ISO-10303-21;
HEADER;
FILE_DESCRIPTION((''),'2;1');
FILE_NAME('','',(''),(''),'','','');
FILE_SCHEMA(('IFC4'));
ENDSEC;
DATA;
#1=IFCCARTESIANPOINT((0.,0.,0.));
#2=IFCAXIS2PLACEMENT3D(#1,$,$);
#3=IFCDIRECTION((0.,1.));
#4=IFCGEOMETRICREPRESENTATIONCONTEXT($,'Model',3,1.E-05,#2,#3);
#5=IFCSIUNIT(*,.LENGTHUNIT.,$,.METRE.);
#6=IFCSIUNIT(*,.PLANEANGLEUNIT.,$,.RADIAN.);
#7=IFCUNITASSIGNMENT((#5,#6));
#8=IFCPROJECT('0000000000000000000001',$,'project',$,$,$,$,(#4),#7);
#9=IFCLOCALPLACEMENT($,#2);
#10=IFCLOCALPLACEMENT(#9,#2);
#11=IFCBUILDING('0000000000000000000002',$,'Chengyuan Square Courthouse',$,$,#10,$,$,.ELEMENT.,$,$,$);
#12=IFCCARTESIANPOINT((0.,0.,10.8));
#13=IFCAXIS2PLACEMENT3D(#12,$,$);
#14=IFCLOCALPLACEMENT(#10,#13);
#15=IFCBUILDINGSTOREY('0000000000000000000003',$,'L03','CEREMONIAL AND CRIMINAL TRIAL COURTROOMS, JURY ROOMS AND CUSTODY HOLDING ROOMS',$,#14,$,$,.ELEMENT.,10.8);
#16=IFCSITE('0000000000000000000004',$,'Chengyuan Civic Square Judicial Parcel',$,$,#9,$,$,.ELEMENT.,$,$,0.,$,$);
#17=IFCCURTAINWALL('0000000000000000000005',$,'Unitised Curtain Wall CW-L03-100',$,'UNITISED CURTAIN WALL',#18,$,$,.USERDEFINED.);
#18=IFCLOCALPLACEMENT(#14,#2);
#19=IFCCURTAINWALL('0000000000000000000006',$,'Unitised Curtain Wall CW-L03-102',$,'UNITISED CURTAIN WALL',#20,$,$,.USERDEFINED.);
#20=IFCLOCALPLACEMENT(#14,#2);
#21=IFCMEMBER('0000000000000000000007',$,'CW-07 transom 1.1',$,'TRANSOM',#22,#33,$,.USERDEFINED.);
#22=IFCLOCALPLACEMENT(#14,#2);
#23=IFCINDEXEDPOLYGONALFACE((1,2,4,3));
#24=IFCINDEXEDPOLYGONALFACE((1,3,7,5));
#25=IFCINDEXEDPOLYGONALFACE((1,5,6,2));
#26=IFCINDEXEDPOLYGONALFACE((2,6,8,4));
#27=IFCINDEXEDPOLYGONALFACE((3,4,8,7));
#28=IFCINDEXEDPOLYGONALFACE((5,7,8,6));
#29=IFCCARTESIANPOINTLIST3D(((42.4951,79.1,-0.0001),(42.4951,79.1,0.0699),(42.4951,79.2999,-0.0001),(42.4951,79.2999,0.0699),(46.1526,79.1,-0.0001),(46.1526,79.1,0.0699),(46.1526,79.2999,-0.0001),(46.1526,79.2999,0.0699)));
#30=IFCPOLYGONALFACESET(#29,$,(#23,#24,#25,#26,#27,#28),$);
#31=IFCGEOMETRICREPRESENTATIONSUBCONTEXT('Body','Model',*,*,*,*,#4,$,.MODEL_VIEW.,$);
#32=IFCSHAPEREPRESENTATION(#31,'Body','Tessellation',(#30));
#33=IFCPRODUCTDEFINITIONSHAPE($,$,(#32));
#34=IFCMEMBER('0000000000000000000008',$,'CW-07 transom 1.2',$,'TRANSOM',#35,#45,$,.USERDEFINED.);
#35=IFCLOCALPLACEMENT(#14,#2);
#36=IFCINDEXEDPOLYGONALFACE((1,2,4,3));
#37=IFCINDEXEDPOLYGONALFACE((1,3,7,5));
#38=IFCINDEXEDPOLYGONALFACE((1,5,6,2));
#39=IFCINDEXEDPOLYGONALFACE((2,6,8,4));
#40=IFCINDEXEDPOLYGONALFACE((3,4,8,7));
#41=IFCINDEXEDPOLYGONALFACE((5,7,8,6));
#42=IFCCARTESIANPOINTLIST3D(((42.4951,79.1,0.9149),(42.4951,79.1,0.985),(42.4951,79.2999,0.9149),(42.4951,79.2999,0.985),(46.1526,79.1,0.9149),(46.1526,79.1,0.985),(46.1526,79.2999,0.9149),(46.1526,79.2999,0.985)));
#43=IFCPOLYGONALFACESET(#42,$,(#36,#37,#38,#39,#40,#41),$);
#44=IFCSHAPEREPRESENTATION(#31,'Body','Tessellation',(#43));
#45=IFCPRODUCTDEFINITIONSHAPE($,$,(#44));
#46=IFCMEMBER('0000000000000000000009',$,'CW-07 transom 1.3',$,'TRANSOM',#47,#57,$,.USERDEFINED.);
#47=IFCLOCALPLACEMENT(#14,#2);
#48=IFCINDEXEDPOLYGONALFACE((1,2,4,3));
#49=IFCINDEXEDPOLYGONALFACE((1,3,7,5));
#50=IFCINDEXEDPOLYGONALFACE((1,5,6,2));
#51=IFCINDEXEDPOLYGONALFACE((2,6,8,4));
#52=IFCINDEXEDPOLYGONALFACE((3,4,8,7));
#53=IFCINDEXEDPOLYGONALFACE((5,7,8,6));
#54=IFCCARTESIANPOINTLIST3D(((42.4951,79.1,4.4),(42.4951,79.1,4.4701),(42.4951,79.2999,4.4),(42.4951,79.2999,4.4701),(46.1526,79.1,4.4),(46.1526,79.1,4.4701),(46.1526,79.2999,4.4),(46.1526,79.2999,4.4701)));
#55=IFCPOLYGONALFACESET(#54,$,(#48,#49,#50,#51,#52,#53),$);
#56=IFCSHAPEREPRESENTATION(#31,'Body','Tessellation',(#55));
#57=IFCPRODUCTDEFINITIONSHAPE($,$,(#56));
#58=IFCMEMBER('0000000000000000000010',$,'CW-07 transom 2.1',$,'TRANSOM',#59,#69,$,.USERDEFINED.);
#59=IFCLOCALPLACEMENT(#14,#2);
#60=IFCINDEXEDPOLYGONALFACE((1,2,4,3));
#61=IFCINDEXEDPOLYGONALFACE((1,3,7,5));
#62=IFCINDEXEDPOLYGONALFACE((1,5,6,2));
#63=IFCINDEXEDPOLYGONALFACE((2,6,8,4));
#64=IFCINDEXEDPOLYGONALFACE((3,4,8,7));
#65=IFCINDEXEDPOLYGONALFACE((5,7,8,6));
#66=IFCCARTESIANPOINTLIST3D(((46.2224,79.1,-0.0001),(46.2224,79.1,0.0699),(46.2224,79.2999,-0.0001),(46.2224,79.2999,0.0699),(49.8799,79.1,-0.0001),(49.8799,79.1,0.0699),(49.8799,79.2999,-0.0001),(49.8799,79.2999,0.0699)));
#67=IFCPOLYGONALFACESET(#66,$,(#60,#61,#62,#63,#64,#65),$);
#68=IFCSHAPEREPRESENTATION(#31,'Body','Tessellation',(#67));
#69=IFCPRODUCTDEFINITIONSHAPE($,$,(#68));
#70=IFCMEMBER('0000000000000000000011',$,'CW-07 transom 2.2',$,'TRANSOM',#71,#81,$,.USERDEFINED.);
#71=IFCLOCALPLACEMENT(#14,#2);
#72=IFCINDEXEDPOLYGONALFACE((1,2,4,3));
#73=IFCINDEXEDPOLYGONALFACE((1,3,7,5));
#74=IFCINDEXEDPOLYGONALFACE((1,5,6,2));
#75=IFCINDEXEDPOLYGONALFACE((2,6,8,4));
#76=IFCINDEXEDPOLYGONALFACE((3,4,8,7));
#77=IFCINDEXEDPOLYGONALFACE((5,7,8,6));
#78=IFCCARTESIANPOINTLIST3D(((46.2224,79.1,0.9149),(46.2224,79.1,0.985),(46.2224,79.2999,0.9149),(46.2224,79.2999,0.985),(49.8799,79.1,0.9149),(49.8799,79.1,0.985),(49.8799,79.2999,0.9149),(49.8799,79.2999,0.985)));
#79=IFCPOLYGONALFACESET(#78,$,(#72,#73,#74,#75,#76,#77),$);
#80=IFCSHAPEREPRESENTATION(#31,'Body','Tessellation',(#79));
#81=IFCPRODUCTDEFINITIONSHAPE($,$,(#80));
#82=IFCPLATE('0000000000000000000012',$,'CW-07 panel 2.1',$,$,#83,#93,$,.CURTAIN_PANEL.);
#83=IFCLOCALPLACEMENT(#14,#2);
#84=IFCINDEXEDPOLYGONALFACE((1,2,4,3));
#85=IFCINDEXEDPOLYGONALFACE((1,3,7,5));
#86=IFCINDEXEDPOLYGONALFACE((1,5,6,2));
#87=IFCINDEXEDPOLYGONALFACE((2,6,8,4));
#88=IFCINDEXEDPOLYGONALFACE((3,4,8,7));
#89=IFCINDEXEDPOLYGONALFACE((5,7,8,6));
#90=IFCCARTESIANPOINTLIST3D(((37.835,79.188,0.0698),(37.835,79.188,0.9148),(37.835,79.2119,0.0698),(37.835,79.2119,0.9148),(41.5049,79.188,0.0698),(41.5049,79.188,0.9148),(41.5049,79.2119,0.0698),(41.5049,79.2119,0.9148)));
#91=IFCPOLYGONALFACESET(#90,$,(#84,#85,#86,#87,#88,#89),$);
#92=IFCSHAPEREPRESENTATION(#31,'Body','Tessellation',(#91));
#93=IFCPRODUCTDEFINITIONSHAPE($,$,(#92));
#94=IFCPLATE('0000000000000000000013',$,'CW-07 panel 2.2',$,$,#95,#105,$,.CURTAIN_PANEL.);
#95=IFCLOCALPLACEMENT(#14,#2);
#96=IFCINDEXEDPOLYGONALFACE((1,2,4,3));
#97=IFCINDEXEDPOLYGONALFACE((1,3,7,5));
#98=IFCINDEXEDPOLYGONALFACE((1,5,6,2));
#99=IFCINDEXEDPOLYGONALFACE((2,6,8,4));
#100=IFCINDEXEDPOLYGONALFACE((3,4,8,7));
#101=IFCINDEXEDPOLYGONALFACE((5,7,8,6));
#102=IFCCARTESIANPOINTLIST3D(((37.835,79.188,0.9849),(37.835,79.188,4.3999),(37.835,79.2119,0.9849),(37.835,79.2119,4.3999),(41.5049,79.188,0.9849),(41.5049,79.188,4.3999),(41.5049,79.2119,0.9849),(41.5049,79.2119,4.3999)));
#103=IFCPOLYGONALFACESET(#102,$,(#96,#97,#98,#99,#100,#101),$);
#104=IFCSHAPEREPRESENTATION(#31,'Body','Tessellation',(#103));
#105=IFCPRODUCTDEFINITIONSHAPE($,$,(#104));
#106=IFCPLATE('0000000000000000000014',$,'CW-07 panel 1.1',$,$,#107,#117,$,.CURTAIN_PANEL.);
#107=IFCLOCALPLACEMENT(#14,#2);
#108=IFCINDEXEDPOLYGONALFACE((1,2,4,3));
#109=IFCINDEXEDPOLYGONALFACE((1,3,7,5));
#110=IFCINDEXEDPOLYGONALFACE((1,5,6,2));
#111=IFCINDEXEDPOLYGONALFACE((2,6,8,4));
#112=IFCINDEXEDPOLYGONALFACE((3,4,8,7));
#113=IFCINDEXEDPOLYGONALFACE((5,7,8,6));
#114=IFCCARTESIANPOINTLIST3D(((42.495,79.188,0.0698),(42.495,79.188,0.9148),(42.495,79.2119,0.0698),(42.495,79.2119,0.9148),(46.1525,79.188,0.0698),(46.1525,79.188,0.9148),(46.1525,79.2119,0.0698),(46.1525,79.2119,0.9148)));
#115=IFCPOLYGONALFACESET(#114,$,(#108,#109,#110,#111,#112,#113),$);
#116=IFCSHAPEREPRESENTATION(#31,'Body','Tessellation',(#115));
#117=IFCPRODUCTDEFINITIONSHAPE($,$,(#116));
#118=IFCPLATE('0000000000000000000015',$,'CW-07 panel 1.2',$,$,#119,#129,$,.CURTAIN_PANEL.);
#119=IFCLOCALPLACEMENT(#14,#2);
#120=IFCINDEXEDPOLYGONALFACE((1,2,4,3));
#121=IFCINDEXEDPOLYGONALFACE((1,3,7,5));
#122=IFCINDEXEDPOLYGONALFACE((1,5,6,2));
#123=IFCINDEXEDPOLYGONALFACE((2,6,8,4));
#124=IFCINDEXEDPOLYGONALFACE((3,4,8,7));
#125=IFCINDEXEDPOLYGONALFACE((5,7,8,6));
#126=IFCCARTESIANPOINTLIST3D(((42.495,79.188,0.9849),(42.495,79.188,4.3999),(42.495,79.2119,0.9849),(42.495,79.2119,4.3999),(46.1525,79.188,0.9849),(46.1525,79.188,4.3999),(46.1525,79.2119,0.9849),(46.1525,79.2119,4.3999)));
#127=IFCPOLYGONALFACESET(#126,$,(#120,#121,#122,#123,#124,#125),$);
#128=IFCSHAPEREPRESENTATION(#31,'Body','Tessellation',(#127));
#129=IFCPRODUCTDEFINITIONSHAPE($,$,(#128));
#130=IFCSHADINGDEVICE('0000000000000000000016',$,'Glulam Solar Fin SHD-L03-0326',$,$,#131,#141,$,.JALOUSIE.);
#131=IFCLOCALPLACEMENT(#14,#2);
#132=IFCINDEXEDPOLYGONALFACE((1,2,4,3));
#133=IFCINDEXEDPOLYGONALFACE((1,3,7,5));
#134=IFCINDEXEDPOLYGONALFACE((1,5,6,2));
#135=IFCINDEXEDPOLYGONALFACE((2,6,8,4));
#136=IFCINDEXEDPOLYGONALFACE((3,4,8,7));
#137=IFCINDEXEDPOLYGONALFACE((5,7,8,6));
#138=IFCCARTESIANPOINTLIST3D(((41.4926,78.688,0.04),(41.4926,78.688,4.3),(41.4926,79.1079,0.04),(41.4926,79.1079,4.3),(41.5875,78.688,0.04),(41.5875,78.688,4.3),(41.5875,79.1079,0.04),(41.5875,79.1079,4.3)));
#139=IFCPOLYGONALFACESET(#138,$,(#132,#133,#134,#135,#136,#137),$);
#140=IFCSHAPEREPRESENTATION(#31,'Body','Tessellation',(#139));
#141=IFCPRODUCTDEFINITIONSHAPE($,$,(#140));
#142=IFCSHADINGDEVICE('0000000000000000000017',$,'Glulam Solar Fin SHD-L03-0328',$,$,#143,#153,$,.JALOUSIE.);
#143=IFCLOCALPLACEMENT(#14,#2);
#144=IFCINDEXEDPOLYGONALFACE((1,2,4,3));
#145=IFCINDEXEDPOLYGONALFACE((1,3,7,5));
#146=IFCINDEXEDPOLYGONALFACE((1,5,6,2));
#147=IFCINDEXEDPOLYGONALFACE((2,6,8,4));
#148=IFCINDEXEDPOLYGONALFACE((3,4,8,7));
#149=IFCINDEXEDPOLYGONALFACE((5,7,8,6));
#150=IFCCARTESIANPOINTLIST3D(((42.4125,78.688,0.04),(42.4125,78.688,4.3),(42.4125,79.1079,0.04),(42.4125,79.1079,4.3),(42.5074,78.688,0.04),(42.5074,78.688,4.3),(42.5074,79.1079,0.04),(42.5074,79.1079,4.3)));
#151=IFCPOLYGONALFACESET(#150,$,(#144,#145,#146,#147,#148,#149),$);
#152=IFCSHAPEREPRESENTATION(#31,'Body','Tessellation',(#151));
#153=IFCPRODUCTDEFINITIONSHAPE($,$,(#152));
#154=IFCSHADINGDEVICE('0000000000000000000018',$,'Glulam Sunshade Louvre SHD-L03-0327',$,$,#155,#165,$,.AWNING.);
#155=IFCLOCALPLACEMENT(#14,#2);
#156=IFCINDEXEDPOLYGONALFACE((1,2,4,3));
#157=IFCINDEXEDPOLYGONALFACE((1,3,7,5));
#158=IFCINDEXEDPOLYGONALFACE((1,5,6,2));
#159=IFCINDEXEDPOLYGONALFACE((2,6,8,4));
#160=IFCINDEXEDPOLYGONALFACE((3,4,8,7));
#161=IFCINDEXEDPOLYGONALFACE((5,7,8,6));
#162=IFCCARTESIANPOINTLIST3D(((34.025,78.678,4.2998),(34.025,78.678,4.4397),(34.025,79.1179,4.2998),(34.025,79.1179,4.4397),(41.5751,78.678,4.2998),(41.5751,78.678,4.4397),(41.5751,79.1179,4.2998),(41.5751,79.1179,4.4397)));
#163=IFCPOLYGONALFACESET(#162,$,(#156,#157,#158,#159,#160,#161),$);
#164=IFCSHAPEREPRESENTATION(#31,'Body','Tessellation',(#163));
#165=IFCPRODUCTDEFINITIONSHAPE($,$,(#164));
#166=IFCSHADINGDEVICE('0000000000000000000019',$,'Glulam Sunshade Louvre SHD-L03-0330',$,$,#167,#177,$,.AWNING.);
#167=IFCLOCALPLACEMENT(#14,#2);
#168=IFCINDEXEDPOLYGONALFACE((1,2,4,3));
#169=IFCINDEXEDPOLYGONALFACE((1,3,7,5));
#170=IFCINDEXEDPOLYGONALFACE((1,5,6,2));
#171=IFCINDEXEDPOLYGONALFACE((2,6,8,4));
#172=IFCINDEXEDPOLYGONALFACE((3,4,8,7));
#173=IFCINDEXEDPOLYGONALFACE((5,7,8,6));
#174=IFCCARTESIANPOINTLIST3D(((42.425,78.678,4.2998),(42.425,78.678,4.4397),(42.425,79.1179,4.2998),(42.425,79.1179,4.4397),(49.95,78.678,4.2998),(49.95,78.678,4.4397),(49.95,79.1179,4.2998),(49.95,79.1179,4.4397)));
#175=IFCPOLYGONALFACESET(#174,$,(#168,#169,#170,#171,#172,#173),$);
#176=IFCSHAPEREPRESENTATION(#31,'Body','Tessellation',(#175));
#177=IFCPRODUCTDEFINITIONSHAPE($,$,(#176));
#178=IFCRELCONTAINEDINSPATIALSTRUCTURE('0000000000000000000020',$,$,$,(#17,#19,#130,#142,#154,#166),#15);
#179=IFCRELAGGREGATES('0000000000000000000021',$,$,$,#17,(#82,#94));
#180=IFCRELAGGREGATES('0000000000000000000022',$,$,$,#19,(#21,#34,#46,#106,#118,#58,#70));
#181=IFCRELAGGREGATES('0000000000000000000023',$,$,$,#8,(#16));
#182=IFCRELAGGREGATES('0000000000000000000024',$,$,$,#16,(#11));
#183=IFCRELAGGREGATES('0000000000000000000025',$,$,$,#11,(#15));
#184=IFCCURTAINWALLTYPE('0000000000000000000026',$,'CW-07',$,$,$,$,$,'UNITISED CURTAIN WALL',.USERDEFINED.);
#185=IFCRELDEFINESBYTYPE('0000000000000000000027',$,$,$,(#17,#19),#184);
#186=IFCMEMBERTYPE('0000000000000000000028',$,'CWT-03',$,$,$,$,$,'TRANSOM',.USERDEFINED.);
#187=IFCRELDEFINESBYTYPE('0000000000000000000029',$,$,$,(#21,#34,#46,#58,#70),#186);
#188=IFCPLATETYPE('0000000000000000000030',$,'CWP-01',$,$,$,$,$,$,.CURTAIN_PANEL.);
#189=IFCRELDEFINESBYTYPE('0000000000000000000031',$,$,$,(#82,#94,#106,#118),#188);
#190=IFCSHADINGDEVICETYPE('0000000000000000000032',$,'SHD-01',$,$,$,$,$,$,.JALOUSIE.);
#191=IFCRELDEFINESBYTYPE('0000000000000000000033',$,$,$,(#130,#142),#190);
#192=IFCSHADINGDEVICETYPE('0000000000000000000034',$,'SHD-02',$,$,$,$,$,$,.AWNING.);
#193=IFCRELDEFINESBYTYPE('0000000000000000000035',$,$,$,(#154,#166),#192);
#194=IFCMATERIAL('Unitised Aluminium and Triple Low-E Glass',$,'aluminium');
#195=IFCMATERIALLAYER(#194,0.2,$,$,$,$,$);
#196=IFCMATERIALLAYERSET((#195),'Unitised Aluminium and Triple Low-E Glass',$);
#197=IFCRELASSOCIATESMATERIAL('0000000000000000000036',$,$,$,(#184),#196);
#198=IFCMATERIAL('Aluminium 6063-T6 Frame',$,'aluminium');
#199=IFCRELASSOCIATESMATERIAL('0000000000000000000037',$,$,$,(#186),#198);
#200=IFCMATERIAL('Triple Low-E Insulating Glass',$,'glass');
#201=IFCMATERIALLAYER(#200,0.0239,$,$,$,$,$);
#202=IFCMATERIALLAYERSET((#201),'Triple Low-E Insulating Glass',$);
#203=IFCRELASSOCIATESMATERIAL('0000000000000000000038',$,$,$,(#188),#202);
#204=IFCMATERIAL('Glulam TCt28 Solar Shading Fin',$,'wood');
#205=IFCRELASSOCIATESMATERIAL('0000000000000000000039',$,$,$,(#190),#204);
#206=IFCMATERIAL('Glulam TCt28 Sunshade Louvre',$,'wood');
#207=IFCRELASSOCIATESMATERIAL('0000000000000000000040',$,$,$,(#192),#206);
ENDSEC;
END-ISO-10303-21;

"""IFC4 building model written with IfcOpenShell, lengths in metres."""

from ifc_helpers import new_model, si_unit, direction, frame, origin, origin_2d, place, context, subcontext, project, spatial, rectangle, extrude, material, layer, layer_set, material_profile, profile_set, type_object, element, aggregate, save


model = new_model("IFC4")

# Units and contexts
model_context = context("Model", 3, precision=1e-05, world=origin(), true_north=direction((0.0, 1.0)))
body_context = subcontext(model_context, "Body", "Model", "MODEL_VIEW")
ifc_project = project(units=[si_unit("LENGTHUNIT", "METRE"), si_unit("PLANEANGLEUNIT", "RADIAN")], contexts=[model_context])

# Site, building, storey
site_placement = place(None, origin())
site = spatial("IfcSite", under=ifc_project, at=site_placement, Name="Chengyuan Civic Square Judicial Parcel", CompositionType="ELEMENT", RefElevation=0.0)
building_placement = place(site_placement, origin())
building = spatial("IfcBuilding", under=site, at=building_placement, Name="Chengyuan Square Courthouse", CompositionType="ELEMENT")
storey_placement = place(building_placement, frame((0.0, 0.0, 10.8)))
storey = spatial("IfcBuildingStorey", under=building, at=storey_placement, Name="L03", Description="CEREMONIAL AND CRIMINAL TRIAL COURTROOMS, JURY ROOMS AND CUSTODY HOLDING ROOMS", CompositionType="ELEMENT", Elevation=10.8)

# Curtain walls
ifc_material_1 = material(Name="Unitised Aluminium and Triple Low-E Glass", Category="aluminium")
ifc_layer_1 = layer(ifc_material_1, 0.2)
ifc_layer_set_1 = layer_set([ifc_layer_1], Name="Unitised Aluminium and Triple Low-E Glass")
curtain_wall_type = type_object("IfcCurtainWallType", Name="CW-07", ElementType="UNITISED CURTAIN WALL", PredefinedType="USERDEFINED", material=ifc_layer_set_1)
curtain_wall_1_placement = place(storey_placement, origin())
curtain_wall_1 = element("IfcCurtainWall", 1, at=curtain_wall_1_placement, inside=storey, type_object=curtain_wall_type, Name="Unitised Curtain Wall CW-L03-100", ObjectType="UNITISED CURTAIN WALL", PredefinedType="USERDEFINED")
ifc_material_2 = material(Name="Aluminium 6063-T6 Frame", Category="aluminium")
curtain_wall_2_placement = place(storey_placement, origin())
curtain_wall_2 = element("IfcCurtainWall", 2, at=curtain_wall_2_placement, inside=storey, type_object=curtain_wall_type, Name="Unitised Curtain Wall CW-L03-102", ObjectType="UNITISED CURTAIN WALL", PredefinedType="USERDEFINED")

# Members
ifc_material_profile_1 = material_profile(ifc_material_2, rectangle(XDim=0.2, YDim=0.0701, at=origin_2d()), Name="CW-TRN-70x160")
ifc_profile_set_1 = profile_set([ifc_material_profile_1], Name="Aluminium 6063-T6 Frame")
member_type_1 = type_object("IfcMemberType", Name="CWT-03", ElementType="TRANSOM", PredefinedType="USERDEFINED", material=ifc_profile_set_1)
member_1_placement = place(storey_placement, frame((42.4951, 79.2, 0.0349), z_axis=(1.0, 0.0, 0.0), x_axis=(0.0, 1.0, 0.0)))
member_1 = element("IfcMember", 3, at=member_1_placement, type_object=member_type_1, Name="CW-07 transom 1.1", ObjectType="TRANSOM", PredefinedType="USERDEFINED", context=body_context, shape_type="SweptSolid", body=[
    extrude(rectangle(XDim=0.2, YDim=0.0701, at=origin_2d()), origin(), (0.0, 0.0, 1.0), 3.6575),
])
member_2_placement = place(storey_placement, frame((42.4951, 79.2, 0.95), z_axis=(1.0, 0.0, 0.0), x_axis=(0.0, 1.0, 0.0)))
member_2 = element("IfcMember", 4, at=member_2_placement, type_object=member_type_1, Name="CW-07 transom 1.2", ObjectType="TRANSOM", PredefinedType="USERDEFINED", context=body_context, shape_type="SweptSolid", body=[
    extrude(rectangle(XDim=0.2, YDim=0.0701, at=origin_2d()), origin(), (0.0, 0.0, 1.0), 3.6575),
])
member_3_placement = place(storey_placement, frame((42.4951, 79.2, 4.4351), z_axis=(1.0, 0.0, 0.0), x_axis=(0.0, 1.0, 0.0)))
member_3 = element("IfcMember", 5, at=member_3_placement, type_object=member_type_1, Name="CW-07 transom 1.3", ObjectType="TRANSOM", PredefinedType="USERDEFINED", context=body_context, shape_type="SweptSolid", body=[
    extrude(rectangle(XDim=0.2, YDim=0.0701, at=origin_2d()), origin(), (0.0, 0.0, 1.0), 3.6575),
])
member_4_placement = place(storey_placement, frame((46.2224, 79.2, 0.0349), z_axis=(1.0, 0.0, 0.0), x_axis=(0.0, 1.0, 0.0)))
member_4 = element("IfcMember", 6, at=member_4_placement, type_object=member_type_1, Name="CW-07 transom 2.1", ObjectType="TRANSOM", PredefinedType="USERDEFINED", context=body_context, shape_type="SweptSolid", body=[
    extrude(rectangle(XDim=0.2, YDim=0.0701, at=origin_2d()), origin(), (0.0, 0.0, 1.0), 3.6575),
])
member_5_placement = place(storey_placement, frame((46.2224, 79.2, 0.95), z_axis=(1.0, 0.0, 0.0), x_axis=(0.0, 1.0, 0.0)))
member_5 = element("IfcMember", 7, at=member_5_placement, type_object=member_type_1, Name="CW-07 transom 2.2", ObjectType="TRANSOM", PredefinedType="USERDEFINED", context=body_context, shape_type="SweptSolid", body=[
    extrude(rectangle(XDim=0.2, YDim=0.0701, at=origin_2d()), origin(), (0.0, 0.0, 1.0), 3.6575),
])

# Plates
ifc_material_3 = material(Name="Triple Low-E Insulating Glass", Category="glass")
ifc_layer_2 = layer(ifc_material_3, 0.0239)
ifc_layer_set_2 = layer_set([ifc_layer_2], Name="Triple Low-E Insulating Glass")
plate_type = type_object("IfcPlateType", Name="CWP-01", PredefinedType="CURTAIN_PANEL", material=ifc_layer_set_2)
plate_1_placement = place(storey_placement, frame((39.6699, 79.2, 0.0698), z_axis=(0.0, 0.0, 1.0), x_axis=(1.0, 0.0, 0.0)))
plate_1 = element("IfcPlate", 8, at=plate_1_placement, type_object=plate_type, Name="CW-07 panel 2.1", PredefinedType="CURTAIN_PANEL", context=body_context, shape_type="SweptSolid", body=[
    extrude(rectangle(XDim=3.6699, YDim=0.0239, at=origin_2d()), origin(), (0.0, 0.0, 1.0), 0.845),
])
plate_2_placement = place(storey_placement, frame((39.6699, 79.2, 0.9849), z_axis=(0.0, 0.0, 1.0), x_axis=(1.0, 0.0, 0.0)))
plate_2 = element("IfcPlate", 9, at=plate_2_placement, type_object=plate_type, Name="CW-07 panel 2.2", PredefinedType="CURTAIN_PANEL", context=body_context, shape_type="SweptSolid", body=[
    extrude(rectangle(XDim=3.6699, YDim=0.0239, at=origin_2d()), origin(), (0.0, 0.0, 1.0), 3.415),
])
aggregate(curtain_wall_1, [plate_1, plate_2])
plate_3_placement = place(storey_placement, frame((44.3237, 79.2, 0.0698), z_axis=(0.0, 0.0, 1.0), x_axis=(1.0, 0.0, 0.0)))
plate_3 = element("IfcPlate", 10, at=plate_3_placement, type_object=plate_type, Name="CW-07 panel 1.1", PredefinedType="CURTAIN_PANEL", context=body_context, shape_type="SweptSolid", body=[
    extrude(rectangle(XDim=3.6575, YDim=0.0239, at=origin_2d()), origin(), (0.0, 0.0, 1.0), 0.845),
])
plate_4_placement = place(storey_placement, frame((44.3237, 79.2, 0.9849), z_axis=(0.0, 0.0, 1.0), x_axis=(1.0, 0.0, 0.0)))
plate_4 = element("IfcPlate", 11, at=plate_4_placement, type_object=plate_type, Name="CW-07 panel 1.2", PredefinedType="CURTAIN_PANEL", context=body_context, shape_type="SweptSolid", body=[
    extrude(rectangle(XDim=3.6575, YDim=0.0239, at=origin_2d()), origin(), (0.0, 0.0, 1.0), 3.415),
])
aggregate(curtain_wall_2, [member_1, member_2, member_3, plate_3, plate_4, member_4, member_5])

# Shading devices
ifc_material_4 = material(Name="Glulam TCt28 Solar Shading Fin", Category="wood")
shading_device_type_1 = type_object("IfcShadingDeviceType", Name="SHD-01", PredefinedType="JALOUSIE", material=ifc_material_4)
for number, where, z_axis, x_axis, name in (
    (12, (41.54, 78.8979, 0.04), (0.0, 0.0, 1.0), (0.0, 1.0, 0.0), "Glulam Solar Fin SHD-L03-0326"),
    (13, (42.46, 78.8979, 0.04), (0.0, 0.0, 1.0), (0.0, 1.0, 0.0), "Glulam Solar Fin SHD-L03-0328"),
):
    element("IfcShadingDevice", number, at=place(storey_placement, frame(where, z_axis=z_axis, x_axis=x_axis)), inside=storey, type_object=shading_device_type_1, Name=name, PredefinedType="JALOUSIE", context=body_context, shape_type="SweptSolid", body=[
        extrude(rectangle(XDim=0.4199, YDim=0.095, at=origin_2d()), origin(), (0.0, 0.0, 1.0), 4.26),
    ])
ifc_material_5 = material(Name="Glulam TCt28 Sunshade Louvre", Category="wood")
shading_device_type_2 = type_object("IfcShadingDeviceType", Name="SHD-02", PredefinedType="AWNING", material=ifc_material_5)
shading_device_1_placement = place(storey_placement, frame((37.8, 78.8979, 4.2998), z_axis=(0.0, 0.0, 1.0), x_axis=(1.0, 0.0, 0.0)))
element("IfcShadingDevice", 14, at=shading_device_1_placement, inside=storey, type_object=shading_device_type_2, Name="Glulam Sunshade Louvre SHD-L03-0327", PredefinedType="AWNING", context=body_context, shape_type="SweptSolid", body=[
    extrude(rectangle(XDim=7.55, YDim=0.4399, at=origin_2d()), origin(), (0.0, 0.0, 1.0), 0.1399),
])
shading_device_2_placement = place(storey_placement, frame((46.1875, 78.8979, 4.2998), z_axis=(0.0, 0.0, 1.0), x_axis=(1.0, 0.0, 0.0)))
element("IfcShadingDevice", 15, at=shading_device_2_placement, inside=storey, type_object=shading_device_type_2, Name="Glulam Sunshade Louvre SHD-L03-0330", PredefinedType="AWNING", context=body_context, shape_type="SweptSolid", body=[
    extrude(rectangle(XDim=7.5249, YDim=0.4399, at=origin_2d()), origin(), (0.0, 0.0, 1.0), 0.1399),
])

save(model, "model.ifc")
